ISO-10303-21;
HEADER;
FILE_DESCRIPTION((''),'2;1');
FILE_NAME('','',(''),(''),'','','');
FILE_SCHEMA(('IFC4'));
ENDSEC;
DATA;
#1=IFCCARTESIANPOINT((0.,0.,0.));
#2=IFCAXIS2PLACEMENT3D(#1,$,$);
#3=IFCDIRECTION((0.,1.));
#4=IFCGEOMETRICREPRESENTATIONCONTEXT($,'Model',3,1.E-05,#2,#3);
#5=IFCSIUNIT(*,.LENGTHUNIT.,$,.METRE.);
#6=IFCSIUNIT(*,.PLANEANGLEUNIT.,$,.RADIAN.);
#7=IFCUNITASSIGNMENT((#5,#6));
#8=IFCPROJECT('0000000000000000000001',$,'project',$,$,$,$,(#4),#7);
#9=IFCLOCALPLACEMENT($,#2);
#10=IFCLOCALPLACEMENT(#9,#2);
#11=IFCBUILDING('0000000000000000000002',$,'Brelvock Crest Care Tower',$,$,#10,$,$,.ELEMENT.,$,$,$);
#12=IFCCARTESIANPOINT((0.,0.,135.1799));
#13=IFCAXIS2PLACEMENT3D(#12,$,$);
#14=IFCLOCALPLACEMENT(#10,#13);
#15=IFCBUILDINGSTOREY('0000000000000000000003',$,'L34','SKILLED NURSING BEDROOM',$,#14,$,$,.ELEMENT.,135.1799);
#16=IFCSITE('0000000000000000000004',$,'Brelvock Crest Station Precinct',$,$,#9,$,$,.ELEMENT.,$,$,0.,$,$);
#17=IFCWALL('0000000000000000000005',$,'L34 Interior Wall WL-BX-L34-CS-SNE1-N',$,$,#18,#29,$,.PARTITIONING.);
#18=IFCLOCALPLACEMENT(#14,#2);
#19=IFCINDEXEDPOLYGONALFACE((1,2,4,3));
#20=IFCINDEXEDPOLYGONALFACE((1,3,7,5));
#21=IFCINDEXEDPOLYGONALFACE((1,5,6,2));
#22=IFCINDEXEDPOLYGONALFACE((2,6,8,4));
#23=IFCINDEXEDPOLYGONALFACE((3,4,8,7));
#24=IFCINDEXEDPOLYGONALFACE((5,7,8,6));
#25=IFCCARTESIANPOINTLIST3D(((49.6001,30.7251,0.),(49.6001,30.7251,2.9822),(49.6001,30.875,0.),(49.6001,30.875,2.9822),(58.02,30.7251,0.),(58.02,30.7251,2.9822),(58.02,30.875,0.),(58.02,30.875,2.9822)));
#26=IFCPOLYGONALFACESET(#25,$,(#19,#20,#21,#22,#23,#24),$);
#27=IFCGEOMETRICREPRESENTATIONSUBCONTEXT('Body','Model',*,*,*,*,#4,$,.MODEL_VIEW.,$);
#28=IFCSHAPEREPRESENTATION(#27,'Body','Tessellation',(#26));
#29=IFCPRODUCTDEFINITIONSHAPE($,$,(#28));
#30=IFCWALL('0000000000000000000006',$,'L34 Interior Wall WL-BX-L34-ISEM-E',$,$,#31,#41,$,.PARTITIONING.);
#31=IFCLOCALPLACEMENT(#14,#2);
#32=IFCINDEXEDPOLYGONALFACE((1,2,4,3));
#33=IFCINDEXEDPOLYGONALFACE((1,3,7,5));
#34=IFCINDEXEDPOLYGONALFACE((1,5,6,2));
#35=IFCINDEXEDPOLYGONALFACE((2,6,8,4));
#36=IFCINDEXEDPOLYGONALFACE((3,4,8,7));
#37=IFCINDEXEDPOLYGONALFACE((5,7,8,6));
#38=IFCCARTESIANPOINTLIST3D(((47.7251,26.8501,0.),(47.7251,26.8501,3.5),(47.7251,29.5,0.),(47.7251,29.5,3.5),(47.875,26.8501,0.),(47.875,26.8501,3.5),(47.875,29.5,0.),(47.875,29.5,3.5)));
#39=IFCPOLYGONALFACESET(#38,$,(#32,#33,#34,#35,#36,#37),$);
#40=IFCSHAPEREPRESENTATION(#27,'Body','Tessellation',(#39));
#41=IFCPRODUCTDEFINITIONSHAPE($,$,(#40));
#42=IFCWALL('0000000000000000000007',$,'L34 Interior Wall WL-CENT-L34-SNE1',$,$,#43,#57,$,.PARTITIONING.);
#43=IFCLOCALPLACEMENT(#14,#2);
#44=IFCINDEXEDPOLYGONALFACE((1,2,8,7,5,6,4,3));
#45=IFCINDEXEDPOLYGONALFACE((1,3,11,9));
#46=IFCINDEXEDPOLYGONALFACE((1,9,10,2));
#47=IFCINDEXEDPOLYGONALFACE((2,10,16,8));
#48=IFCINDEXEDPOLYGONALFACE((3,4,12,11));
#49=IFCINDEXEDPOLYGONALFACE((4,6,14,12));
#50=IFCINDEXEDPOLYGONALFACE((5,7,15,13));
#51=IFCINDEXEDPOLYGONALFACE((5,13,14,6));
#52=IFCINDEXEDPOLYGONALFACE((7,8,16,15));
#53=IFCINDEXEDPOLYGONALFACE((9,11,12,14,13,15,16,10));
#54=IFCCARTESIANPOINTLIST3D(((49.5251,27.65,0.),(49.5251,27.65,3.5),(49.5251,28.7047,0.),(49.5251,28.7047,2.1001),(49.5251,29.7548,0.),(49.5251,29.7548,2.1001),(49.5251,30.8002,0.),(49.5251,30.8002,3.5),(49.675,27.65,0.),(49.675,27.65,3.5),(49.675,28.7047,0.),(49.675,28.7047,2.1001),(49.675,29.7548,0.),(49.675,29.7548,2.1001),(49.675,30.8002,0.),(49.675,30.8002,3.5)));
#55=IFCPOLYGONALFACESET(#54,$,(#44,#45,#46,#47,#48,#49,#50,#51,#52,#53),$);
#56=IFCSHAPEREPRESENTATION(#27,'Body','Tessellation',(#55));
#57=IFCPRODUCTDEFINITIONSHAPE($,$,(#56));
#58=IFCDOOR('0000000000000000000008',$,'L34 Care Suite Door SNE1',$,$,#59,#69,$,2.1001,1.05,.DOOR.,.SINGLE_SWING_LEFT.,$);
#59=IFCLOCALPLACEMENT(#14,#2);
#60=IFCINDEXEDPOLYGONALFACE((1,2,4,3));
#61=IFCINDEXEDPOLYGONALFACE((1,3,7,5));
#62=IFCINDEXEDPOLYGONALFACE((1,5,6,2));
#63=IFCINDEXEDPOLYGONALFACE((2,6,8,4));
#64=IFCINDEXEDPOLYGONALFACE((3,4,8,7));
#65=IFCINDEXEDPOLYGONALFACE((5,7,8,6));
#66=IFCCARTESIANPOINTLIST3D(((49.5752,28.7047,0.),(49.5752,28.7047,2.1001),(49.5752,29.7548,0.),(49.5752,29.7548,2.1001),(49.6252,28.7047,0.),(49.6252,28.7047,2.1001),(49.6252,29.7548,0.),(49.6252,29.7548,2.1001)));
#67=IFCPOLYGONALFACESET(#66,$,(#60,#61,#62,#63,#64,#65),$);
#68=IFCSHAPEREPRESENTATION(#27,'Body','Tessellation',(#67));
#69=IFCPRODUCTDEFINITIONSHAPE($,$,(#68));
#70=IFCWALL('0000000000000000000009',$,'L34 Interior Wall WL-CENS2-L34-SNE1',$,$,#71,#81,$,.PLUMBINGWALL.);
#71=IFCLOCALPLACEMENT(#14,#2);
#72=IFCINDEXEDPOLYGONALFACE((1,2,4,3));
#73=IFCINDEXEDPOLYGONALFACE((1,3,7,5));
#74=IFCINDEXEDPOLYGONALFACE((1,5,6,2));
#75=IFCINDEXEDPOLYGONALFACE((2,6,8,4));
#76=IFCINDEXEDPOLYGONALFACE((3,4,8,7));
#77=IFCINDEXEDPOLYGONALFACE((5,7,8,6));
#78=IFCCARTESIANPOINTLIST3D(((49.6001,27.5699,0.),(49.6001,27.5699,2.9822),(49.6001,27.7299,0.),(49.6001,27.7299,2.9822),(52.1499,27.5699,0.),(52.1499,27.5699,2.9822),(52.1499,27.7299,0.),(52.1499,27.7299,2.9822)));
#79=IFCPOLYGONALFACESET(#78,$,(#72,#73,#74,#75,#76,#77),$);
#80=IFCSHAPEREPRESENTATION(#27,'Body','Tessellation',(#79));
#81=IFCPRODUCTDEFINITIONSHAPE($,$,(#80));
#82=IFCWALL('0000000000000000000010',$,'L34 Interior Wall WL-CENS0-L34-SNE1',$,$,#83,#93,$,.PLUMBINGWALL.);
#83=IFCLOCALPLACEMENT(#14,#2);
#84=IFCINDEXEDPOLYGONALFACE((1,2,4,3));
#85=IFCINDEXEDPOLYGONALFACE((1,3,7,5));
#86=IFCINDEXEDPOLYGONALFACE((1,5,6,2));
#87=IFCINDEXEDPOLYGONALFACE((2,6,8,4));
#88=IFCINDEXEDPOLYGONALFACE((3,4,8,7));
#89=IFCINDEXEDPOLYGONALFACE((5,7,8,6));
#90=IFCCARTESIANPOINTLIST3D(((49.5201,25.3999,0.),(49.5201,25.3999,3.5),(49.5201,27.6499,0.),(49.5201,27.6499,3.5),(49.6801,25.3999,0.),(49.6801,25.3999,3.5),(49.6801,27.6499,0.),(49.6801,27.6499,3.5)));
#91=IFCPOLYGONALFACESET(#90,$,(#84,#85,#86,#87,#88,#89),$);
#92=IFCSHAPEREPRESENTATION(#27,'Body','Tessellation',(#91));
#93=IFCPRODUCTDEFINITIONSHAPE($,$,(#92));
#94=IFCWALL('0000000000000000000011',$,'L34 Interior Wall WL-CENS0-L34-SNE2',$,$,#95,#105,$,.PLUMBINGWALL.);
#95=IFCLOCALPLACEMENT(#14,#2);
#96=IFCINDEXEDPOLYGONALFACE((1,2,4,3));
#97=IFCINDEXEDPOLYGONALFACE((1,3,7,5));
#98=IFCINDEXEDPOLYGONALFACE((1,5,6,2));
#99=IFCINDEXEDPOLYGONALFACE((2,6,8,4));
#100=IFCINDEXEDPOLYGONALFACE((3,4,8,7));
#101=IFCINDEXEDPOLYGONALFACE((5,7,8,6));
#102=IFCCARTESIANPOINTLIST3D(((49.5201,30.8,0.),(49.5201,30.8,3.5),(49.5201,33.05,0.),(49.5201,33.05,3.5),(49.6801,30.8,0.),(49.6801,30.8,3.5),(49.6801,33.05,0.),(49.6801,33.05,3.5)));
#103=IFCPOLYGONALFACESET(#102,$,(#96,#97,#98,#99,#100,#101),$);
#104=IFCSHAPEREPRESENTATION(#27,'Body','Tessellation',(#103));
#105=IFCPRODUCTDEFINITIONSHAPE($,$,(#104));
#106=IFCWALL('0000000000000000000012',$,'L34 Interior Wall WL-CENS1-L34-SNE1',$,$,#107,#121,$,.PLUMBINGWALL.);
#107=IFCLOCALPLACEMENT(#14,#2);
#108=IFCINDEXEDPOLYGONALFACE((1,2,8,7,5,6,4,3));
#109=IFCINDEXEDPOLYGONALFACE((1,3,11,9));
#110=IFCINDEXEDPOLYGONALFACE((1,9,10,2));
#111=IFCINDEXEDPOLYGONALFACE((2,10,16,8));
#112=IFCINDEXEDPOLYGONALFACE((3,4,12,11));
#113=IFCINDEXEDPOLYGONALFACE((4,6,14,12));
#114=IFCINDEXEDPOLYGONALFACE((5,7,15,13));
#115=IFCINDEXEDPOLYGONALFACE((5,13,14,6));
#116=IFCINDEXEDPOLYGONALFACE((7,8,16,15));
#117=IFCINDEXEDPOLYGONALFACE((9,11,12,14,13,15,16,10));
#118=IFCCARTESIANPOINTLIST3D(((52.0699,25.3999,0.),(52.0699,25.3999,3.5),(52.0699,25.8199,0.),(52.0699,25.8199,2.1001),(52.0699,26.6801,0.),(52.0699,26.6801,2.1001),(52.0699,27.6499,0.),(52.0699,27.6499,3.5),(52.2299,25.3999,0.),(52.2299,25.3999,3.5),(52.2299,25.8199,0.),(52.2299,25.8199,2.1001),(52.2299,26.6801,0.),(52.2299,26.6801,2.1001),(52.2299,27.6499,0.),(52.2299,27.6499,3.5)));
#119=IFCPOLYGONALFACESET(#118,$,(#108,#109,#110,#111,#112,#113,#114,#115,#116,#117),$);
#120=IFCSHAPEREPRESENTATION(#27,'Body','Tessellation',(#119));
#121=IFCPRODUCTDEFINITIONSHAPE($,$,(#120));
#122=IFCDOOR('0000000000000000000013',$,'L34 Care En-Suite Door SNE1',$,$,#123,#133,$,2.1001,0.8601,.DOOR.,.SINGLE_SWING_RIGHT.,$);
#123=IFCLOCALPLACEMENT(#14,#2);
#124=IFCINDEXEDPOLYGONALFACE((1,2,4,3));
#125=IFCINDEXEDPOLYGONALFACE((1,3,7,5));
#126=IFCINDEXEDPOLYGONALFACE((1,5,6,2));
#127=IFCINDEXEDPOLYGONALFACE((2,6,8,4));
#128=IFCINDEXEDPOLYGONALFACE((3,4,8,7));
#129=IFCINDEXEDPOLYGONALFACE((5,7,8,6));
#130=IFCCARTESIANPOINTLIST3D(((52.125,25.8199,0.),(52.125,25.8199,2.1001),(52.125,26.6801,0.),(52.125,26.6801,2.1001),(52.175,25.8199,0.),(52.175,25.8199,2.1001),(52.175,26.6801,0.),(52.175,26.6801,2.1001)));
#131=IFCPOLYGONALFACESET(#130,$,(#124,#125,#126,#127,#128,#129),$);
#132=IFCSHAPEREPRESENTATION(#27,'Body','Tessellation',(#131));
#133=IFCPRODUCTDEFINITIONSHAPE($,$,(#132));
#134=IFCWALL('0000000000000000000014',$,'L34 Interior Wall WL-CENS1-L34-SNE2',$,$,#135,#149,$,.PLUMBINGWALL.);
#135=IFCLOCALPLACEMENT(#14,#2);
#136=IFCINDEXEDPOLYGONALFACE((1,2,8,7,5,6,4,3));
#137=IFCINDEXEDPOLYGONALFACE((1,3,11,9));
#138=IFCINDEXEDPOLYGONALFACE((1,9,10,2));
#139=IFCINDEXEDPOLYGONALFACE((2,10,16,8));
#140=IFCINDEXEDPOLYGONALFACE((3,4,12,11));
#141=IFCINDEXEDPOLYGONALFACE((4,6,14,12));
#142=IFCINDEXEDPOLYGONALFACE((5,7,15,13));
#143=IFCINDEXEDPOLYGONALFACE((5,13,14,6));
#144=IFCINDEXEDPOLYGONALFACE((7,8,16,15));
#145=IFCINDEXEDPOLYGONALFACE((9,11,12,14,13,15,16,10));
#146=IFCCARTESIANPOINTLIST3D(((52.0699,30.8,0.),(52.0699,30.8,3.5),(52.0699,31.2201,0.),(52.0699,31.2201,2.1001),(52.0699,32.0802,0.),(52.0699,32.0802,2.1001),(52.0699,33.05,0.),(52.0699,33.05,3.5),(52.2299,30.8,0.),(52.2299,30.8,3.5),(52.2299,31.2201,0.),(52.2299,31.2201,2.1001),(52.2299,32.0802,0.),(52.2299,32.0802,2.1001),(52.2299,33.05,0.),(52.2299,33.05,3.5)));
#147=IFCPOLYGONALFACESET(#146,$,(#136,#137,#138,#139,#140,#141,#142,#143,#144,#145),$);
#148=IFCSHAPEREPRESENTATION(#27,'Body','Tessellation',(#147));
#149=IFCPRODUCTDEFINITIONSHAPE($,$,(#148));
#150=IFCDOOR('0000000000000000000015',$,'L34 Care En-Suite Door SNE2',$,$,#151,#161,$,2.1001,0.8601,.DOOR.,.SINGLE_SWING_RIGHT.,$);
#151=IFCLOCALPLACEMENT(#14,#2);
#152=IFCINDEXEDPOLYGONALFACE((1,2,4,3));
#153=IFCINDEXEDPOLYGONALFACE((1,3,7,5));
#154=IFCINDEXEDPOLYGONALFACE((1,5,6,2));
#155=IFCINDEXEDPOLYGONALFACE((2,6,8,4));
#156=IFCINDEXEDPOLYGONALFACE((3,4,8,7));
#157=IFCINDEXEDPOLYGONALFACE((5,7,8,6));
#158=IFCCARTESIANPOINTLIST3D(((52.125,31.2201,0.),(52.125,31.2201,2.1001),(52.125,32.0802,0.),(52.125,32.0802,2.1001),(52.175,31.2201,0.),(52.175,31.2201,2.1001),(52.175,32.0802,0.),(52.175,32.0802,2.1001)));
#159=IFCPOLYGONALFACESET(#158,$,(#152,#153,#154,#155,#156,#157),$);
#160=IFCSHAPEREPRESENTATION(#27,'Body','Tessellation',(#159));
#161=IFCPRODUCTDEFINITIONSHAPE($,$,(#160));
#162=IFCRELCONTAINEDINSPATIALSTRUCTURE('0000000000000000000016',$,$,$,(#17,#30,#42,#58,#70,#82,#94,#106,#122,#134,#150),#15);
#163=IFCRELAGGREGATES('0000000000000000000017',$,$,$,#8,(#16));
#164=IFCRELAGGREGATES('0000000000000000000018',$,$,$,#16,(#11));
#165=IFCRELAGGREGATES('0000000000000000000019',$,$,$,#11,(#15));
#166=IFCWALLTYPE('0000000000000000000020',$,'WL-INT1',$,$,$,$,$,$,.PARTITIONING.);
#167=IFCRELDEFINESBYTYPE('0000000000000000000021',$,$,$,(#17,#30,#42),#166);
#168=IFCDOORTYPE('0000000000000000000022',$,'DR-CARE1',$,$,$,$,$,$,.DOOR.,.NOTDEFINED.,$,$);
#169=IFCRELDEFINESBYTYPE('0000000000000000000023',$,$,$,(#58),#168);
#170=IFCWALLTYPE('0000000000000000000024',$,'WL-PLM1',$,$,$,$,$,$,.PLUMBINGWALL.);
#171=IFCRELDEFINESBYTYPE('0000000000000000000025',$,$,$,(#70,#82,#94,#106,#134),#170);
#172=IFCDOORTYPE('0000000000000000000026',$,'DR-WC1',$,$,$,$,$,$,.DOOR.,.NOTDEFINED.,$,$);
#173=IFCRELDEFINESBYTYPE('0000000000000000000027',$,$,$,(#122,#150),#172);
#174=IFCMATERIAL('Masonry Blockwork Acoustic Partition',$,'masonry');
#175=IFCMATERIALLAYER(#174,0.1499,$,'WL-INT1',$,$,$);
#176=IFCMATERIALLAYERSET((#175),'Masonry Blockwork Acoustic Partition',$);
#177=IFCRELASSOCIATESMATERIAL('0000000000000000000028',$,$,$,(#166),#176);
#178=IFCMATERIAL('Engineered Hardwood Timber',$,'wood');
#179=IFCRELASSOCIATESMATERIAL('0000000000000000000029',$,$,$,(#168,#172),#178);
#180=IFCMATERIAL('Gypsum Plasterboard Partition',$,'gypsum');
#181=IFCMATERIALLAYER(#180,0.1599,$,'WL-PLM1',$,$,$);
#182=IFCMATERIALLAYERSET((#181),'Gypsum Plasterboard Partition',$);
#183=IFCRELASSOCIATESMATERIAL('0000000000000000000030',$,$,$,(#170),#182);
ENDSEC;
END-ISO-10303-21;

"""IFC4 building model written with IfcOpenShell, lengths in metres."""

from ifc_helpers import new_model, si_unit, direction, frame, frame_2d, origin, origin_2d, place, context, subcontext, project, spatial, rectangle, extrude, source, transform, mapped, material, layer, layer_set, type_object, element, fill, save


model = new_model("IFC4")

# Units and contexts
model_context = context("Model", 3, precision=1e-05, world=origin(), true_north=direction((0.0, 1.0)))
body_context = subcontext(model_context, "Body", "Model", "MODEL_VIEW")
ifc_project = project(units=[si_unit("LENGTHUNIT", "METRE"), si_unit("PLANEANGLEUNIT", "RADIAN")], contexts=[model_context])

# Site, building, storey
site_placement = place(None, origin())
site = spatial("IfcSite", under=ifc_project, at=site_placement, Name="Brelvock Crest Station Precinct", CompositionType="ELEMENT", RefElevation=0.0)
building_placement = place(site_placement, origin())
building = spatial("IfcBuilding", under=site, at=building_placement, Name="Brelvock Crest Care Tower", CompositionType="ELEMENT")
storey_placement = place(building_placement, frame((0.0, 0.0, 135.1799)))
storey = spatial("IfcBuildingStorey", under=building, at=storey_placement, Name="L34", Description="SKILLED NURSING BEDROOM", CompositionType="ELEMENT", Elevation=135.1799)

# Walls
ifc_material_1 = material(Name="Masonry Blockwork Acoustic Partition", Category="masonry")
ifc_layer_1 = layer(ifc_material_1, 0.1499, Name="WL-INT1")
ifc_layer_set_1 = layer_set([ifc_layer_1], Name="Masonry Blockwork Acoustic Partition")
wall_type_1 = type_object("IfcWallType", Name="WL-INT1", PredefinedType="PARTITIONING", material=ifc_layer_set_1)
wall_1_placement = place(storey_placement, frame((49.6001, 30.8, 0.0), z_axis=(0.0, 0.0, 1.0), x_axis=(1.0, 0.0, 0.0)))
element("IfcWall", 1, at=wall_1_placement, inside=storey, type_object=wall_type_1, Name="L34 Interior Wall WL-BX-L34-CS-SNE1-N", PredefinedType="PARTITIONING", context=body_context, shape_type="SweptSolid", body=[
    extrude(rectangle(XDim=8.4199, YDim=0.1499, at=frame_2d((4.21, 0.0))), origin(), (0.0, 0.0, 1.0), 2.9822),
])
wall_2_placement = place(storey_placement, frame((47.8, 26.8501, 0.0), z_axis=(0.0, 0.0, 1.0), x_axis=(0.0, 1.0, 0.0)))
element("IfcWall", 2, at=wall_2_placement, inside=storey, type_object=wall_type_1, Name="L34 Interior Wall WL-BX-L34-ISEM-E", PredefinedType="PARTITIONING", context=body_context, shape_type="SweptSolid", body=[
    extrude(rectangle(XDim=2.6499, YDim=0.1499, at=frame_2d((1.325, 0.0))), origin(), (0.0, 0.0, 1.0), 3.5),
])

# Wall, opening, door
wall_3_placement = place(storey_placement, frame((49.6001, 27.6499, 0.0), z_axis=(0.0, 0.0, 1.0), x_axis=(0.0, 1.0, 0.0)))
wall_3 = element("IfcWall", 3, at=wall_3_placement, inside=storey, type_object=wall_type_1, Name="L34 Interior Wall WL-CENT-L34-SNE1", PredefinedType="PARTITIONING", context=body_context, shape_type="SweptSolid", body=[
    extrude(rectangle(XDim=3.1501, YDim=0.1499, at=frame_2d((1.5752, 0.0))), origin(), (0.0, 0.0, 1.0), 3.5),
])
opening_1_placement = place(wall_3_placement, frame((1.0549, 0.0, 0.0)))
opening_1 = element("IfcOpeningElement", 4, at=opening_1_placement, cuts=wall_3, PredefinedType="OPENING", context=body_context, shape_type="SweptSolid", body=[
    extrude(rectangle(XDim=1.05, YDim=2.1001, at=origin_2d()), frame((0.5249, 0.085, 1.05), z_axis=(0.0, -1.0, 0.0), x_axis=(1.0, 0.0, 0.0)), (0.0, 0.0, 1.0), 0.1699),
])
ifc_material_2 = material(Name="Engineered Hardwood Timber", Category="wood")
door_type_1 = type_object("IfcDoorType", Name="DR-CARE1", OperationType="NOTDEFINED", PredefinedType="DOOR", material=ifc_material_2)
shared_shape_1 = source(origin(), body_context, "Body", "SweptSolid", [
    extrude(rectangle(XDim=1.05, YDim=2.1001, at=origin_2d()), frame((0.5249, 0.0249, 1.05), z_axis=(0.0, -1.0, 0.0), x_axis=(1.0, 0.0, 0.0)), (0.0, 0.0, 1.0), 0.05),
])
door_1_placement = place(opening_1_placement, origin())
door_1 = element("IfcDoor", 5, at=door_1_placement, inside=storey, type_object=door_type_1, Name="L34 Care Suite Door SNE1", OperationType="SINGLE_SWING_LEFT", OverallHeight=2.1001, OverallWidth=1.05, PredefinedType="DOOR", context=body_context, shape_type="MappedRepresentation", body=[
    mapped(shared_shape_1, transform((0.0, 0.0, 0.0), x_axis=(1.0, 0.0, 0.0), y_axis=(0.0, 1.0, 0.0), z_axis=(0.0, 0.0, 1.0), scale=1.0)),
])
fill(opening_1, door_1)

# Walls
ifc_material_3 = material(Name="Gypsum Plasterboard Partition", Category="gypsum")
ifc_layer_2 = layer(ifc_material_3, 0.1599, Name="WL-PLM1")
ifc_layer_set_2 = layer_set([ifc_layer_2], Name="Gypsum Plasterboard Partition")
wall_type_2 = type_object("IfcWallType", Name="WL-PLM1", PredefinedType="PLUMBINGWALL", material=ifc_layer_set_2)
wall_4_placement = place(storey_placement, frame((49.6001, 27.6499, 0.0), z_axis=(0.0, 0.0, 1.0), x_axis=(1.0, 0.0, 0.0)))
element("IfcWall", 6, at=wall_4_placement, inside=storey, type_object=wall_type_2, Name="L34 Interior Wall WL-CENS2-L34-SNE1", PredefinedType="PLUMBINGWALL", context=body_context, shape_type="SweptSolid", body=[
    extrude(rectangle(XDim=2.5498, YDim=0.1599, at=frame_2d((1.2749, 0.0))), origin(), (0.0, 0.0, 1.0), 2.9822),
])
for number, where, z_axis, x_axis, name in (
    (7, (49.6001, 25.3999, 0.0), (0.0, 0.0, 1.0), (0.0, 1.0, 0.0), "L34 Interior Wall WL-CENS0-L34-SNE1"),
    (8, (49.6001, 30.8, 0.0), (0.0, 0.0, 1.0), (0.0, 1.0, 0.0), "L34 Interior Wall WL-CENS0-L34-SNE2"),
):
    element("IfcWall", number, at=place(storey_placement, frame(where, z_axis=z_axis, x_axis=x_axis)), inside=storey, type_object=wall_type_2, Name=name, PredefinedType="PLUMBINGWALL", context=body_context, shape_type="SweptSolid", body=[
        extrude(rectangle(XDim=2.25, YDim=0.1599, at=frame_2d((1.125, 0.0))), origin(), (0.0, 0.0, 1.0), 3.5),
    ])

# Walls, openings, doors
wall_5_placement = place(storey_placement, frame((52.1499, 25.3999, 0.0), z_axis=(0.0, 0.0, 1.0), x_axis=(0.0, 1.0, 0.0)))
wall_5 = element("IfcWall", 9, at=wall_5_placement, inside=storey, type_object=wall_type_2, Name="L34 Interior Wall WL-CENS1-L34-SNE1", PredefinedType="PLUMBINGWALL", context=body_context, shape_type="SweptSolid", body=[
    extrude(rectangle(XDim=2.25, YDim=0.1599, at=frame_2d((1.125, 0.0))), origin(), (0.0, 0.0, 1.0), 3.5),
])
opening_2_placement = place(wall_5_placement, frame((0.4199, 0.0, 0.0)))
opening_2 = element("IfcOpeningElement", 10, at=opening_2_placement, cuts=wall_5, PredefinedType="OPENING", context=body_context, shape_type="SweptSolid", body=[
    extrude(rectangle(XDim=0.8601, YDim=2.1001, at=origin_2d()), frame((0.4302, 0.0898, 1.05), z_axis=(0.0, -1.0, 0.0), x_axis=(1.0, 0.0, 0.0)), (0.0, 0.0, 1.0), 0.1799),
])
door_type_2 = type_object("IfcDoorType", Name="DR-WC1", OperationType="NOTDEFINED", PredefinedType="DOOR", material=ifc_material_2)
shared_shape_2 = source(origin(), body_context, "Body", "SweptSolid", [
    extrude(rectangle(XDim=0.8601, YDim=2.1001, at=origin_2d()), frame((0.4302, 0.0249, 1.05), z_axis=(0.0, -1.0, 0.0), x_axis=(1.0, 0.0, 0.0)), (0.0, 0.0, 1.0), 0.05),
])
door_2_placement = place(opening_2_placement, origin())
door_2 = element("IfcDoor", 11, at=door_2_placement, inside=storey, type_object=door_type_2, Name="L34 Care En-Suite Door SNE1", OperationType="SINGLE_SWING_RIGHT", OverallHeight=2.1001, OverallWidth=0.8601, PredefinedType="DOOR", context=body_context, shape_type="MappedRepresentation", body=[
    mapped(shared_shape_2, transform((0.0, 0.0, 0.0), x_axis=(1.0, 0.0, 0.0), y_axis=(0.0, 1.0, 0.0), z_axis=(0.0, 0.0, 1.0), scale=1.0)),
])
fill(opening_2, door_2)
wall_6_placement = place(storey_placement, frame((52.1499, 30.8, 0.0), z_axis=(0.0, 0.0, 1.0), x_axis=(0.0, 1.0, 0.0)))
wall_6 = element("IfcWall", 12, at=wall_6_placement, inside=storey, type_object=wall_type_2, Name="L34 Interior Wall WL-CENS1-L34-SNE2", PredefinedType="PLUMBINGWALL", context=body_context, shape_type="SweptSolid", body=[
    extrude(rectangle(XDim=2.25, YDim=0.1599, at=frame_2d((1.125, 0.0))), origin(), (0.0, 0.0, 1.0), 3.5),
])
opening_3_placement = place(wall_6_placement, frame((0.4199, 0.0, 0.0)))
opening_3 = element("IfcOpeningElement", 13, at=opening_3_placement, cuts=wall_6, PredefinedType="OPENING", context=body_context, shape_type="SweptSolid", body=[
    extrude(rectangle(XDim=0.8601, YDim=2.1001, at=origin_2d()), frame((0.4302, 0.0898, 1.05), z_axis=(0.0, -1.0, 0.0), x_axis=(1.0, 0.0, 0.0)), (0.0, 0.0, 1.0), 0.1799),
])
door_3_placement = place(opening_3_placement, origin())
door_3 = element("IfcDoor", 14, at=door_3_placement, inside=storey, type_object=door_type_2, Name="L34 Care En-Suite Door SNE2", OperationType="SINGLE_SWING_RIGHT", OverallHeight=2.1001, OverallWidth=0.8601, PredefinedType="DOOR", context=body_context, shape_type="MappedRepresentation", body=[
    mapped(shared_shape_2, transform((0.0, 0.0, 0.0), x_axis=(1.0, 0.0, 0.0), y_axis=(0.0, 1.0, 0.0), z_axis=(0.0, 0.0, 1.0), scale=1.0)),
])
fill(opening_3, door_3)

save(model, "model.ifc")
